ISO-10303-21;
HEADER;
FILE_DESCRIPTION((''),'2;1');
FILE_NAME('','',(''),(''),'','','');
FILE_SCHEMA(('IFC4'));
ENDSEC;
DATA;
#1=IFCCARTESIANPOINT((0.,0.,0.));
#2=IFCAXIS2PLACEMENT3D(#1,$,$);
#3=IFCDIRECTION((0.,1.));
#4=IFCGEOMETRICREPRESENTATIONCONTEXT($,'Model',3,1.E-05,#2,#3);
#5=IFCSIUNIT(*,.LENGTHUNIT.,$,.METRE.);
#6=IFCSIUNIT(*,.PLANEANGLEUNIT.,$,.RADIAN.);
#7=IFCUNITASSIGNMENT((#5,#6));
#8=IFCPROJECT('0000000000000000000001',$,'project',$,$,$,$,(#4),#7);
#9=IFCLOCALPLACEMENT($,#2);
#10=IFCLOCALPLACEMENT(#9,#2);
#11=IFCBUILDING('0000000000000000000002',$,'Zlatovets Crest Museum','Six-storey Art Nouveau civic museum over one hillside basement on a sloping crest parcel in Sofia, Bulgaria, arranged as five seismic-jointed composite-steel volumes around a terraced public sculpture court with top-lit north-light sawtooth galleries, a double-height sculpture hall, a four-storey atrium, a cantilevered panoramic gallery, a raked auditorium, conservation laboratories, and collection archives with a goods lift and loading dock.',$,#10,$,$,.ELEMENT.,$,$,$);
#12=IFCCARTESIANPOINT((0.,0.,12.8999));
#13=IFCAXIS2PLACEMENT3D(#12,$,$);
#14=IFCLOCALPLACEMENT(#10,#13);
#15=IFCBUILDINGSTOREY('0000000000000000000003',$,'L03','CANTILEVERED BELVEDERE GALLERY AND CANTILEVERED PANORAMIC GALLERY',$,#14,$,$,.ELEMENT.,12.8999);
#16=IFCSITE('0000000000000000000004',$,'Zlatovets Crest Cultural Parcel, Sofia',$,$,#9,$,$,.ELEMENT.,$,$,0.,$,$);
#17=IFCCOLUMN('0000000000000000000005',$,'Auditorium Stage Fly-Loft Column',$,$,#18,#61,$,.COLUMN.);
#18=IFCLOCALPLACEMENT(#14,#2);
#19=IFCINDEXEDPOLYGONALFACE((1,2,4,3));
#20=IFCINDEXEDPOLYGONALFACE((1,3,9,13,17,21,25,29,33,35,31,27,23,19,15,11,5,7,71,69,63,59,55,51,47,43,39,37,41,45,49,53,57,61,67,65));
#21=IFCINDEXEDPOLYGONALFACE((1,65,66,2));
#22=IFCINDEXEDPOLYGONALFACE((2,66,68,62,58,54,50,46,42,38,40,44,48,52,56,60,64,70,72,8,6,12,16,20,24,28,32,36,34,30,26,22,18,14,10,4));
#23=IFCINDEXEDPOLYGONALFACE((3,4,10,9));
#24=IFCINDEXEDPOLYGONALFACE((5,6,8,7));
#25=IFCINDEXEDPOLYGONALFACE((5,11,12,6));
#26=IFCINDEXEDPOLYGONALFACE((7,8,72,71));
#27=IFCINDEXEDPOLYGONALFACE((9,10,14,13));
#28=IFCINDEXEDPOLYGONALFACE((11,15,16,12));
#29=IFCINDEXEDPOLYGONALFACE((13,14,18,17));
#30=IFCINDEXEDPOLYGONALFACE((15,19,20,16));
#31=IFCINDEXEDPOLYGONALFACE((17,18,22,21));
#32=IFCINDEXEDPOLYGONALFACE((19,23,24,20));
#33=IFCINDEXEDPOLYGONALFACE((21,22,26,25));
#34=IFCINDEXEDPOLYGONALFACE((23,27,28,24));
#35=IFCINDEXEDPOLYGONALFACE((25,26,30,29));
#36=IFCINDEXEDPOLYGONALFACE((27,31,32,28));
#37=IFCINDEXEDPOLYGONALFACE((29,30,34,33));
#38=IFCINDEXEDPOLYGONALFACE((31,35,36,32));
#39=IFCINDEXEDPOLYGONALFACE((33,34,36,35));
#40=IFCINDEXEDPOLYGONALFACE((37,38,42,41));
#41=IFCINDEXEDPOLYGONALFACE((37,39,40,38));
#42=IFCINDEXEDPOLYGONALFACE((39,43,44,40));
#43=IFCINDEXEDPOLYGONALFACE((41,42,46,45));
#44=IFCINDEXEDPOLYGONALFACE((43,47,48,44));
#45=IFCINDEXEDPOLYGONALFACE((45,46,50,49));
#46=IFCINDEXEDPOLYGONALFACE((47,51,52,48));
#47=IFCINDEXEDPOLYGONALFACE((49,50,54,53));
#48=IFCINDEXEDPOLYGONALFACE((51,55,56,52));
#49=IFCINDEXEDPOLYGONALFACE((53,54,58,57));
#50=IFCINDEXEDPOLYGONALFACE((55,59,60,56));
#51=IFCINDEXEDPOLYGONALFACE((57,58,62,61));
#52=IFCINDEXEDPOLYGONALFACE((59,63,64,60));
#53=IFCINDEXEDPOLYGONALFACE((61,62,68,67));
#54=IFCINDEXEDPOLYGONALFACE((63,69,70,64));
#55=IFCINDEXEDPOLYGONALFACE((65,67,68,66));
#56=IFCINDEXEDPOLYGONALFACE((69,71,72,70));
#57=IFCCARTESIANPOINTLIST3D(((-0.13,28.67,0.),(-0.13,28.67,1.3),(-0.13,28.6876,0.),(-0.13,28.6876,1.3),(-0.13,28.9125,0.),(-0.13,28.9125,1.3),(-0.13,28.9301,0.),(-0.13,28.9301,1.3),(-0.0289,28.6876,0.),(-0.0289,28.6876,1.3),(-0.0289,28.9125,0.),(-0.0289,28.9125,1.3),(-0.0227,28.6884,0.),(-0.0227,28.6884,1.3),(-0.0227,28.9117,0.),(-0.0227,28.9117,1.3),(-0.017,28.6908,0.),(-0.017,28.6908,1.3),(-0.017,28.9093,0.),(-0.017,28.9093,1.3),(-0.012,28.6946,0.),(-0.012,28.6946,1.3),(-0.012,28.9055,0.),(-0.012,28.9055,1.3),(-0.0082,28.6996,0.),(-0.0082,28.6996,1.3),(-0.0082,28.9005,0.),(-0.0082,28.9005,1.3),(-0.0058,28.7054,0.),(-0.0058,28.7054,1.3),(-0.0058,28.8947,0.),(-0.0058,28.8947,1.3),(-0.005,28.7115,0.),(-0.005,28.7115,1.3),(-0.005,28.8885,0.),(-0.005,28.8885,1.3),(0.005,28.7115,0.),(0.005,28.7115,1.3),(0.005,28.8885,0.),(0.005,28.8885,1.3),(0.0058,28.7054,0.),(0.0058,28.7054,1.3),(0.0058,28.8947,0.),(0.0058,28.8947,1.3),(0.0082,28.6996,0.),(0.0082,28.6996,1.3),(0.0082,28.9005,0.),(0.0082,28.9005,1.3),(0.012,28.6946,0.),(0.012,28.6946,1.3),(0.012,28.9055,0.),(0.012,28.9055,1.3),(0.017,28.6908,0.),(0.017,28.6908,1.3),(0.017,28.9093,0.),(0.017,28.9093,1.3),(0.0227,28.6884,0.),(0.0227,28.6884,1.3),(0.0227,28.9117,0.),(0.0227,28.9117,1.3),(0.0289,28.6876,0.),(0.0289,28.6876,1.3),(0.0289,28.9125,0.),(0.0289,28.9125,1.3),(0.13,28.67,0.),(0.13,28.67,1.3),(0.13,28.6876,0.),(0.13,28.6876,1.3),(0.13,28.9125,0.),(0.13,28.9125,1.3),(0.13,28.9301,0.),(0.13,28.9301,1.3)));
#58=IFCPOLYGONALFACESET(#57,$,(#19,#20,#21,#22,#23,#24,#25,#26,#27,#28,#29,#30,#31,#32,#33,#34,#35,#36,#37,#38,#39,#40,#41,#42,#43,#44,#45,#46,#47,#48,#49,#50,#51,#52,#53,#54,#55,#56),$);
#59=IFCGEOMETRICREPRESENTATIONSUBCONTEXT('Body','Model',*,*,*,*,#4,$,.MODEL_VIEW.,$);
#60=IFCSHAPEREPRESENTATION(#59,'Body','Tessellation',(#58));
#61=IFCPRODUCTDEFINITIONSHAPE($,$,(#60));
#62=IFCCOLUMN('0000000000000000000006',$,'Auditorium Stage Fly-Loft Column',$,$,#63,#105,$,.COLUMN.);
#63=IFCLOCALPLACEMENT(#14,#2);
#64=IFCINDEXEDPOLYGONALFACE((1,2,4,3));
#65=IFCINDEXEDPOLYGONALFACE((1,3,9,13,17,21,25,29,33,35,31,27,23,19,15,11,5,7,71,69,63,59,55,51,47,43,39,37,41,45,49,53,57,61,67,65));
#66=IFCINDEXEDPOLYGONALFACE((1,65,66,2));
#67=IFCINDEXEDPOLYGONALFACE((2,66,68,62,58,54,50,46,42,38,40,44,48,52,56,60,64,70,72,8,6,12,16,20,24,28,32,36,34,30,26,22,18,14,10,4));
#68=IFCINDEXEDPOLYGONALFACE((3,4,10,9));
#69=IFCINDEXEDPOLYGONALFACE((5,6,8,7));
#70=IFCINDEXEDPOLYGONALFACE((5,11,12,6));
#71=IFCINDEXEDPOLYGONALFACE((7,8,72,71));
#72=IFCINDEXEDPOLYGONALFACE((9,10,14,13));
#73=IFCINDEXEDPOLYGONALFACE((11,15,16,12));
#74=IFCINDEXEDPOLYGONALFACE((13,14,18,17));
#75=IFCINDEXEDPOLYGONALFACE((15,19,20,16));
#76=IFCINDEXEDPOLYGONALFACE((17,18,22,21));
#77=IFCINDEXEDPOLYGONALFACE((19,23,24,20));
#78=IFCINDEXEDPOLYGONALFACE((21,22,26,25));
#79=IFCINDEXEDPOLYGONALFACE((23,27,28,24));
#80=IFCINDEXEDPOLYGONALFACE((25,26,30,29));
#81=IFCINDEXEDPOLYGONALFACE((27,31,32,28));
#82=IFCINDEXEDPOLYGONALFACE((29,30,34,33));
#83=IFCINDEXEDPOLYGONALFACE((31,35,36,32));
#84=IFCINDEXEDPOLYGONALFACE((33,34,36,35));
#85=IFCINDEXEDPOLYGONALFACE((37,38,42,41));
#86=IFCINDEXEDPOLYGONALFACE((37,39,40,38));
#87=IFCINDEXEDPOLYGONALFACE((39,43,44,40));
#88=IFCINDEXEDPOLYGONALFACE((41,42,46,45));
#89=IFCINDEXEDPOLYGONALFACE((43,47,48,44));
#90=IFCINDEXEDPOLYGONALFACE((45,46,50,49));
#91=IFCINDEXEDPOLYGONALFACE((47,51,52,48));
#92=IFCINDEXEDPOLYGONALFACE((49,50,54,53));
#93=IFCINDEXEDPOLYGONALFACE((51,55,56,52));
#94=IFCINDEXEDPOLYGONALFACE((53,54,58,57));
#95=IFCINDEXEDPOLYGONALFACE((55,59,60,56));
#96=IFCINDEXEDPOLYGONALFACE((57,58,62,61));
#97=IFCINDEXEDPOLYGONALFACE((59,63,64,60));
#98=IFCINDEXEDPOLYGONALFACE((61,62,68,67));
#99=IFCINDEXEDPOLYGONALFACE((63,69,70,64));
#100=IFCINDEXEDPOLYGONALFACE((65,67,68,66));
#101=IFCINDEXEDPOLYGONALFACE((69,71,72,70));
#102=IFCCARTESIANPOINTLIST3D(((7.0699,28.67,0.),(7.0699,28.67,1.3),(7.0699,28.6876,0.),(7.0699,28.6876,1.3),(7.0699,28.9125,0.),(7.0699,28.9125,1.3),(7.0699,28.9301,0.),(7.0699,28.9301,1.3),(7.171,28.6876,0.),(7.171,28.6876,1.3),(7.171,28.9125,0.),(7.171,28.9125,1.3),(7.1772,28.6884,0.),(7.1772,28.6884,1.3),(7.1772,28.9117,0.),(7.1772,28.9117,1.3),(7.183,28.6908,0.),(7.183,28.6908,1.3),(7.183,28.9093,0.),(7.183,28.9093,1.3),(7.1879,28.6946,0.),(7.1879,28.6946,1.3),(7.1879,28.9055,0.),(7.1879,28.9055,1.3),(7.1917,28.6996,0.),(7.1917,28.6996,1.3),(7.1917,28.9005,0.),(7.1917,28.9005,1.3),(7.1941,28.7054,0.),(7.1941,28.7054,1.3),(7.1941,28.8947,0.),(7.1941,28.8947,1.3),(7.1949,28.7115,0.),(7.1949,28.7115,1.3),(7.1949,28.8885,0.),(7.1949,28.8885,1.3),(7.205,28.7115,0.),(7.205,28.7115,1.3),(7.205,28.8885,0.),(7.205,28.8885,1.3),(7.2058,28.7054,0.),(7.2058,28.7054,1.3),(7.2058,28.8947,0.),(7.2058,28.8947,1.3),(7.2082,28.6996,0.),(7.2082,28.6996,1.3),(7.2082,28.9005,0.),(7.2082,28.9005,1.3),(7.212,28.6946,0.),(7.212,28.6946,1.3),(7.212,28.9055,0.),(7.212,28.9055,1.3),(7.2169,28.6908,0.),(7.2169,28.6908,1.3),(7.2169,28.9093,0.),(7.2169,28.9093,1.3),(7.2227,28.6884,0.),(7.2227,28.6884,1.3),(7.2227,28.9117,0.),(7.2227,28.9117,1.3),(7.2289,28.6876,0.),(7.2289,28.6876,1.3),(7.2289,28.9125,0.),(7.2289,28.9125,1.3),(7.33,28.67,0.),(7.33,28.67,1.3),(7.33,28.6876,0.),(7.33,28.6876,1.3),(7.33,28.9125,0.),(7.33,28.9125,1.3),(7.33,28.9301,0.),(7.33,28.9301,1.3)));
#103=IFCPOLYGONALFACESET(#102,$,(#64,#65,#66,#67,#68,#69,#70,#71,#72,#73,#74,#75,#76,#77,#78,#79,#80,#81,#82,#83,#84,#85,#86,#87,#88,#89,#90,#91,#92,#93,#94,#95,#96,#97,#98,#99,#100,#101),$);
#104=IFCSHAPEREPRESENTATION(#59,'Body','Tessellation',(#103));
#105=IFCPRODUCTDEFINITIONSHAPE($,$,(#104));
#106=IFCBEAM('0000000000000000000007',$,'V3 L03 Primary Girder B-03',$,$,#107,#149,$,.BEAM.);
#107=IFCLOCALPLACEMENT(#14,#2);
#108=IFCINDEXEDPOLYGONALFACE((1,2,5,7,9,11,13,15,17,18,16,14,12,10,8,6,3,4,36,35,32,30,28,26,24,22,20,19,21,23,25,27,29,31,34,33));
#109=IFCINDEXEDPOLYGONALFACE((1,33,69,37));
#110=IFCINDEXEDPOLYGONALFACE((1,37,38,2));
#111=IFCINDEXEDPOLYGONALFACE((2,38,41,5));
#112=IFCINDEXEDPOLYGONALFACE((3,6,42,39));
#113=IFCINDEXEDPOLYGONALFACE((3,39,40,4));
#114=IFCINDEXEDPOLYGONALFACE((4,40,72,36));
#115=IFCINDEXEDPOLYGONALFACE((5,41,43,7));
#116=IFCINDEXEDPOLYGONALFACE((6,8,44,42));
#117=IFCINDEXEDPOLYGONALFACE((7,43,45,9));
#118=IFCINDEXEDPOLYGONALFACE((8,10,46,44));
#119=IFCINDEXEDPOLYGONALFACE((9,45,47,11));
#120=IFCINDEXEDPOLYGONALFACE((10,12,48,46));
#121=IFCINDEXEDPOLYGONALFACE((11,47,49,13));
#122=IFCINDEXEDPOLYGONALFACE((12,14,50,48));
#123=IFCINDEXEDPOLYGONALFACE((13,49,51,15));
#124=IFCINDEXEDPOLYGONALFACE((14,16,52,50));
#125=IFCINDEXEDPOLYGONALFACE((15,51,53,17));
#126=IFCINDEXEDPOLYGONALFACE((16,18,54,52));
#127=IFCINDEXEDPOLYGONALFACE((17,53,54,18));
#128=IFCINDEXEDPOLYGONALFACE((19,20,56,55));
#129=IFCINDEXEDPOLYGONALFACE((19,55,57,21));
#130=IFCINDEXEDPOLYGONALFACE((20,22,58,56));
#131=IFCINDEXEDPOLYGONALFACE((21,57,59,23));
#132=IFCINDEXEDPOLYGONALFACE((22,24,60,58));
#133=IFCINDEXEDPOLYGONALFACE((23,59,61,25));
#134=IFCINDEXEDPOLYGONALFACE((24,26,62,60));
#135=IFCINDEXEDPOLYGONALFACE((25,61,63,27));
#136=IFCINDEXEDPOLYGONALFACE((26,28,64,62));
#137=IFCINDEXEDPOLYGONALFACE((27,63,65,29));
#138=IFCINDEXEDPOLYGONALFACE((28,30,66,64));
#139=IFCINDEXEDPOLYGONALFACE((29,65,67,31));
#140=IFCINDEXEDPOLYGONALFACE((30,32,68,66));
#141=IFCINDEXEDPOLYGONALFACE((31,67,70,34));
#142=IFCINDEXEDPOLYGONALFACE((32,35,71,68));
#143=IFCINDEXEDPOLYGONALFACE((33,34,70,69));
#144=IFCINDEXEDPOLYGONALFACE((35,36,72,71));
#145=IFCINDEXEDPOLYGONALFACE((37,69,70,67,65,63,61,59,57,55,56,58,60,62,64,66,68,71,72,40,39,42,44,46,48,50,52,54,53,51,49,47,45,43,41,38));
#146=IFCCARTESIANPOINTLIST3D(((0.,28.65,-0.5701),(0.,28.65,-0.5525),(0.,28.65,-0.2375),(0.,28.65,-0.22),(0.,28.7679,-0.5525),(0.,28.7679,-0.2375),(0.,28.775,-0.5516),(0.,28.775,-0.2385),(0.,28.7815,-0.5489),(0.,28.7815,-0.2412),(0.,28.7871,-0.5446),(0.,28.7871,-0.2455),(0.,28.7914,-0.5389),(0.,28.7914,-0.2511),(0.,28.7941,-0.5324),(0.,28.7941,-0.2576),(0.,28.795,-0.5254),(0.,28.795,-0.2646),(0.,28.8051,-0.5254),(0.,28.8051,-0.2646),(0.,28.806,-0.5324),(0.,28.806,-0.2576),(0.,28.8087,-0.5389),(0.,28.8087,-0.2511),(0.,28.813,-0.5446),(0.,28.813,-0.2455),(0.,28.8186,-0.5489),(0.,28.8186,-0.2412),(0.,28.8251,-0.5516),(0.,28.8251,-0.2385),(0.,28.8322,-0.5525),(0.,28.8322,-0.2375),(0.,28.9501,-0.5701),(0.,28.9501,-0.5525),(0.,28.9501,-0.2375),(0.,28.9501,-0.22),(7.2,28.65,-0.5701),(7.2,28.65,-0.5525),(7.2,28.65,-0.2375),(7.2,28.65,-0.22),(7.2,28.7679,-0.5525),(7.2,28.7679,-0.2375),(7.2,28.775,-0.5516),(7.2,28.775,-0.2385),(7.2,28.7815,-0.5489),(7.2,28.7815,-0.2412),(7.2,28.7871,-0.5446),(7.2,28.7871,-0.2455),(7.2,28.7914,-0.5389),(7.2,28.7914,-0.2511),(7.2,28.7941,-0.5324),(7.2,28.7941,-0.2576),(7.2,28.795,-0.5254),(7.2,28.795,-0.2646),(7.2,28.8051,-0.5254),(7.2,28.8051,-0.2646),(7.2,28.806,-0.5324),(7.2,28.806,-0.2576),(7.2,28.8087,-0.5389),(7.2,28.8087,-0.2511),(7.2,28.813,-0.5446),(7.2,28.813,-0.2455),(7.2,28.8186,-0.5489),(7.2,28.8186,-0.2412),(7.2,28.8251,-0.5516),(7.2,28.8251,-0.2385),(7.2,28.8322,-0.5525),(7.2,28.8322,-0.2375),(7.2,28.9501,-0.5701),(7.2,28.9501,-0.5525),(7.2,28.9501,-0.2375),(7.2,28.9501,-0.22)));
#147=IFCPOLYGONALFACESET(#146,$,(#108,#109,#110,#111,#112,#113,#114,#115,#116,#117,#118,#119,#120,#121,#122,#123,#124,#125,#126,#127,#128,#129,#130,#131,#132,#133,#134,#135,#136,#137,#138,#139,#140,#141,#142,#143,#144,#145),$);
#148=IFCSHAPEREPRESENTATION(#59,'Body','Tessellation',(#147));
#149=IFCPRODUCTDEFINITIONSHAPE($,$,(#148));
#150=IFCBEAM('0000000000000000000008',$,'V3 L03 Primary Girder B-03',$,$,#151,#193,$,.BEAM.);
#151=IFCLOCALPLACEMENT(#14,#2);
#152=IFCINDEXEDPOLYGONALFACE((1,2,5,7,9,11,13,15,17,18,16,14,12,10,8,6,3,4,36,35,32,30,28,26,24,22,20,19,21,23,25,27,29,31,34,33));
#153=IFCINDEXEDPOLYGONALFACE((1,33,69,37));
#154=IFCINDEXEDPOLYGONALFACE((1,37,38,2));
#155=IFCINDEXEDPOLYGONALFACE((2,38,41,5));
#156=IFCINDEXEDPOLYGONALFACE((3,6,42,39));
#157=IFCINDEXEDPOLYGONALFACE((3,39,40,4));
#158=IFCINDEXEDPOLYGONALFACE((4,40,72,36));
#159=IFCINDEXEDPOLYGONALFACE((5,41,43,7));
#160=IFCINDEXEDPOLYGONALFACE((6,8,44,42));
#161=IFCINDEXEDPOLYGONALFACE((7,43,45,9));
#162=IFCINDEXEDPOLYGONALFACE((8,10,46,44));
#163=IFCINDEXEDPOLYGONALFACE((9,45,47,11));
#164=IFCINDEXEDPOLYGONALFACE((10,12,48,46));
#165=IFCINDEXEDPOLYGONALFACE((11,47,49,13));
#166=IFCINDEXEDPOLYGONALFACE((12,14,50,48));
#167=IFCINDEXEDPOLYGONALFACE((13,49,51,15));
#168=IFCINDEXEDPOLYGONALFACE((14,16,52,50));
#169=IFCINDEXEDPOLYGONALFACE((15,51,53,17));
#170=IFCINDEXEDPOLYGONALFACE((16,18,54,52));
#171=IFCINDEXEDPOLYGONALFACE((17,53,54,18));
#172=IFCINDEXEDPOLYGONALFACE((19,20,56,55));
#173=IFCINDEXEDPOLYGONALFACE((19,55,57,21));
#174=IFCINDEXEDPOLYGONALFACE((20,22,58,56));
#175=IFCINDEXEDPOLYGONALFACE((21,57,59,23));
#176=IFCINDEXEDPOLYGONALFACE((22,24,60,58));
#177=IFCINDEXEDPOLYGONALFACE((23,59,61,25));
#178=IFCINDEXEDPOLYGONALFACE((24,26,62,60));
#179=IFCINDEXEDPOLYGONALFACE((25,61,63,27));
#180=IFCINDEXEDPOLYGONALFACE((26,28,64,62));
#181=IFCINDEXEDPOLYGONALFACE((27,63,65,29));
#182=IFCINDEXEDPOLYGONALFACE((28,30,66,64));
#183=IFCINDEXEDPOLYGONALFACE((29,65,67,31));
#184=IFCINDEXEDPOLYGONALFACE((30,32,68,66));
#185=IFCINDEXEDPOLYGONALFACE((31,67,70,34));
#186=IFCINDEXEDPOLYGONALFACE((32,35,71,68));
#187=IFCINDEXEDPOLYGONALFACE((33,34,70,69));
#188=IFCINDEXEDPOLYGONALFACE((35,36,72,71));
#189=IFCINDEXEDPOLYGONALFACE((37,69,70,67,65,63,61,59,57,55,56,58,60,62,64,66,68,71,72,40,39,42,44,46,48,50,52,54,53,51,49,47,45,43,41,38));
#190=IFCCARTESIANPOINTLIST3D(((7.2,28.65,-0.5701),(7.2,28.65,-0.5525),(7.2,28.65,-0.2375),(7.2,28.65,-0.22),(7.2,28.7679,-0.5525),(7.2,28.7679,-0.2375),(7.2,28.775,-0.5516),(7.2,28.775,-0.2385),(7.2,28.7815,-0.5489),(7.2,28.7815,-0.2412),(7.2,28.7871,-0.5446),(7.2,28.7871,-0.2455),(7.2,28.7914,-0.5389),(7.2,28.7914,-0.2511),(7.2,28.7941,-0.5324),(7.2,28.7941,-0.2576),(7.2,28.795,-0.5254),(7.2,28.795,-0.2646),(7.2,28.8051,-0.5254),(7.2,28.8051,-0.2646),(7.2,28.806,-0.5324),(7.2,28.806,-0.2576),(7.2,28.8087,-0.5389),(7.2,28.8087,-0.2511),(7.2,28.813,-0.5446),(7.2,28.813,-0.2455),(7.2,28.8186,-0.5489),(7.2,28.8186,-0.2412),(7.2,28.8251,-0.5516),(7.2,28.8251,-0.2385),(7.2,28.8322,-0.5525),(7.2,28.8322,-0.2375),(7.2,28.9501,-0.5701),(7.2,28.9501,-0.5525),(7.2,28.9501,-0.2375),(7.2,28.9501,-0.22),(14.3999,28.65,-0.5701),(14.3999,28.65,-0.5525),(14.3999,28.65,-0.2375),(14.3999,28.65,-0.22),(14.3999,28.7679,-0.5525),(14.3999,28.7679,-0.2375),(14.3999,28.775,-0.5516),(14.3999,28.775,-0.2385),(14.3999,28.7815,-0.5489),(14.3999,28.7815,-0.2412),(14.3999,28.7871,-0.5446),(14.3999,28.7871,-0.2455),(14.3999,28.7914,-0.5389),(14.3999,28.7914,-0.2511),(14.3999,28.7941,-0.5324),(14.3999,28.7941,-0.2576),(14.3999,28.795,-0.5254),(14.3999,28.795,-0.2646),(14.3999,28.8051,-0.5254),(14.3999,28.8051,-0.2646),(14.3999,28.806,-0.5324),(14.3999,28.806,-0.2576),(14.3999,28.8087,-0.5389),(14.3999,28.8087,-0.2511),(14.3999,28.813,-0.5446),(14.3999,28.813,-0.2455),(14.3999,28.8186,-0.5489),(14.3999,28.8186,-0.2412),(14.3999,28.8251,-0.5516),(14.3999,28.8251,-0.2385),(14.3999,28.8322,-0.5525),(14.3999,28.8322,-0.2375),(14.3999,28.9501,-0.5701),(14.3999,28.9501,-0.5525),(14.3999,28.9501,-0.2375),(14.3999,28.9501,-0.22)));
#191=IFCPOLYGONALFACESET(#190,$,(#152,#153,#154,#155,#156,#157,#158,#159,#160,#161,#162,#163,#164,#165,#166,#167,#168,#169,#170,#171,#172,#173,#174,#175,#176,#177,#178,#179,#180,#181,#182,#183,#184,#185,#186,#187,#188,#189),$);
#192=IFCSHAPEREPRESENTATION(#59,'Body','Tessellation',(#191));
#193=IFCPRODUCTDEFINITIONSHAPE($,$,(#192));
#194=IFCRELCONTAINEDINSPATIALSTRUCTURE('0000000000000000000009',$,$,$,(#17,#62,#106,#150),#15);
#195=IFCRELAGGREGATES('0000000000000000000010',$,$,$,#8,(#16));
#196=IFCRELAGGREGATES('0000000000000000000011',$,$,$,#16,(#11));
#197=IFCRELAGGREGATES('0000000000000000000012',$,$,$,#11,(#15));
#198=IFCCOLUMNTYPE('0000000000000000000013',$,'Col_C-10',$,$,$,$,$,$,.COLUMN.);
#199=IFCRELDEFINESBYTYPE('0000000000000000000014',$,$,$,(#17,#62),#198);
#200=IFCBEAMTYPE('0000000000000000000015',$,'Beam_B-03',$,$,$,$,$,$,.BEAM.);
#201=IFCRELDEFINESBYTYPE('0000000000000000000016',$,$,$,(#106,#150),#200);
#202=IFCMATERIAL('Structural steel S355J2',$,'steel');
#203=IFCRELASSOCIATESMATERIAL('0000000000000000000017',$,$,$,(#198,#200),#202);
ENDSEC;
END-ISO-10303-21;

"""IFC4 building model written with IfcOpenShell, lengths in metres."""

from ifc_helpers import new_model, si_unit, direction, frame, origin, origin_2d, place, context, subcontext, project, spatial, i_section, extrude, material, material_profile, profile_set, type_object, element, save


model = new_model("IFC4")

# Units and contexts
model_context = context("Model", 3, precision=1e-05, world=origin(), true_north=direction((0.0, 1.0)))
body_context = subcontext(model_context, "Body", "Model", "MODEL_VIEW")
ifc_project = project(units=[si_unit("LENGTHUNIT", "METRE"), si_unit("PLANEANGLEUNIT", "RADIAN")], contexts=[model_context])

# Site, building, storey
site_placement = place(None, origin())
site = spatial("IfcSite", under=ifc_project, at=site_placement, Name="Zlatovets Crest Cultural Parcel, Sofia", CompositionType="ELEMENT", RefElevation=0.0)
building_placement = place(site_placement, origin())
building = spatial("IfcBuilding", under=site, at=building_placement, Name="Zlatovets Crest Museum", Description="Six-storey Art Nouveau civic museum over one hillside basement on a sloping crest parcel in Sofia, Bulgaria, arranged as five seismic-jointed composite-steel volumes around a terraced public sculpture court with top-lit north-light sawtooth galleries, a double-height sculpture hall, a four-storey atrium, a cantilevered panoramic gallery, a raked auditorium, conservation laboratories, and collection archives with a goods lift and loading dock.", CompositionType="ELEMENT")
storey_placement = place(building_placement, frame((0.0, 0.0, 12.8999)))
storey = spatial("IfcBuildingStorey", under=building, at=storey_placement, Name="L03", Description="CANTILEVERED BELVEDERE GALLERY AND CANTILEVERED PANORAMIC GALLERY", CompositionType="ELEMENT", Elevation=12.8999)

# Columns
ifc_material_1 = material(Name="Structural steel S355J2", Category="steel")
ifc_material_profile_1 = material_profile(ifc_material_1, i_section(OverallWidth=0.26, OverallDepth=0.26, WebThickness=0.01, FlangeThickness=0.0176, FilletRadius=0.0239, at=origin_2d()), Name="HEB 260")
ifc_profile_set_1 = profile_set([ifc_material_profile_1], Name="Structural steel S355J2")
column_type = type_object("IfcColumnType", Name="Col_C-10", PredefinedType="COLUMN", material=ifc_profile_set_1)
for number, where, z_axis, x_axis, name in (
    (1, (0.0, 28.8, 0.0), (0.0, 0.0, 1.0), (1.0, 0.0, 0.0), "Auditorium Stage Fly-Loft Column"),
    (2, (7.2, 28.8, 0.0), (0.0, 0.0, 1.0), (1.0, 0.0, 0.0), "Auditorium Stage Fly-Loft Column"),
):
    element("IfcColumn", number, at=place(storey_placement, frame(where, z_axis=z_axis, x_axis=x_axis)), inside=storey, type_object=column_type, Name=name, PredefinedType="COLUMN", context=body_context, shape_type="SweptSolid", body=[
        extrude(i_section(OverallWidth=0.26, OverallDepth=0.26, WebThickness=0.01, FlangeThickness=0.0176, FilletRadius=0.0239, at=origin_2d()), origin(), (0.0, 0.0, 1.0), 1.3),
    ])

# Beams
ifc_material_profile_2 = material_profile(ifc_material_1, i_section(OverallWidth=0.3, OverallDepth=0.3501, WebThickness=0.01, FlangeThickness=0.0176, FilletRadius=0.0271, at=origin_2d()), Name="HEA 360")
ifc_profile_set_2 = profile_set([ifc_material_profile_2], Name="Structural steel S355J2")
beam_type_1 = type_object("IfcBeamType", Name="Beam_B-03", PredefinedType="BEAM", material=ifc_profile_set_2)
for number, where, z_axis, x_axis, name in (
    (3, (0.0, 28.8, -0.395), (1.0, 0.0, 0.0), (0.0, 1.0, 0.0), "V3 L03 Primary Girder B-03"),
    (4, (7.2, 28.8, -0.395), (1.0, 0.0, 0.0), (0.0, 1.0, 0.0), "V3 L03 Primary Girder B-03"),
):
    element("IfcBeam", number, at=place(storey_placement, frame(where, z_axis=z_axis, x_axis=x_axis)), inside=storey, type_object=beam_type_1, Name=name, PredefinedType="BEAM", context=body_context, shape_type="SweptSolid", body=[
        extrude(i_section(OverallWidth=0.3, OverallDepth=0.3501, WebThickness=0.01, FlangeThickness=0.0176, FilletRadius=0.0271, at=origin_2d()), origin(), (0.0, 0.0, 1.0), 7.2),
    ])

save(model, "model.ifc")
